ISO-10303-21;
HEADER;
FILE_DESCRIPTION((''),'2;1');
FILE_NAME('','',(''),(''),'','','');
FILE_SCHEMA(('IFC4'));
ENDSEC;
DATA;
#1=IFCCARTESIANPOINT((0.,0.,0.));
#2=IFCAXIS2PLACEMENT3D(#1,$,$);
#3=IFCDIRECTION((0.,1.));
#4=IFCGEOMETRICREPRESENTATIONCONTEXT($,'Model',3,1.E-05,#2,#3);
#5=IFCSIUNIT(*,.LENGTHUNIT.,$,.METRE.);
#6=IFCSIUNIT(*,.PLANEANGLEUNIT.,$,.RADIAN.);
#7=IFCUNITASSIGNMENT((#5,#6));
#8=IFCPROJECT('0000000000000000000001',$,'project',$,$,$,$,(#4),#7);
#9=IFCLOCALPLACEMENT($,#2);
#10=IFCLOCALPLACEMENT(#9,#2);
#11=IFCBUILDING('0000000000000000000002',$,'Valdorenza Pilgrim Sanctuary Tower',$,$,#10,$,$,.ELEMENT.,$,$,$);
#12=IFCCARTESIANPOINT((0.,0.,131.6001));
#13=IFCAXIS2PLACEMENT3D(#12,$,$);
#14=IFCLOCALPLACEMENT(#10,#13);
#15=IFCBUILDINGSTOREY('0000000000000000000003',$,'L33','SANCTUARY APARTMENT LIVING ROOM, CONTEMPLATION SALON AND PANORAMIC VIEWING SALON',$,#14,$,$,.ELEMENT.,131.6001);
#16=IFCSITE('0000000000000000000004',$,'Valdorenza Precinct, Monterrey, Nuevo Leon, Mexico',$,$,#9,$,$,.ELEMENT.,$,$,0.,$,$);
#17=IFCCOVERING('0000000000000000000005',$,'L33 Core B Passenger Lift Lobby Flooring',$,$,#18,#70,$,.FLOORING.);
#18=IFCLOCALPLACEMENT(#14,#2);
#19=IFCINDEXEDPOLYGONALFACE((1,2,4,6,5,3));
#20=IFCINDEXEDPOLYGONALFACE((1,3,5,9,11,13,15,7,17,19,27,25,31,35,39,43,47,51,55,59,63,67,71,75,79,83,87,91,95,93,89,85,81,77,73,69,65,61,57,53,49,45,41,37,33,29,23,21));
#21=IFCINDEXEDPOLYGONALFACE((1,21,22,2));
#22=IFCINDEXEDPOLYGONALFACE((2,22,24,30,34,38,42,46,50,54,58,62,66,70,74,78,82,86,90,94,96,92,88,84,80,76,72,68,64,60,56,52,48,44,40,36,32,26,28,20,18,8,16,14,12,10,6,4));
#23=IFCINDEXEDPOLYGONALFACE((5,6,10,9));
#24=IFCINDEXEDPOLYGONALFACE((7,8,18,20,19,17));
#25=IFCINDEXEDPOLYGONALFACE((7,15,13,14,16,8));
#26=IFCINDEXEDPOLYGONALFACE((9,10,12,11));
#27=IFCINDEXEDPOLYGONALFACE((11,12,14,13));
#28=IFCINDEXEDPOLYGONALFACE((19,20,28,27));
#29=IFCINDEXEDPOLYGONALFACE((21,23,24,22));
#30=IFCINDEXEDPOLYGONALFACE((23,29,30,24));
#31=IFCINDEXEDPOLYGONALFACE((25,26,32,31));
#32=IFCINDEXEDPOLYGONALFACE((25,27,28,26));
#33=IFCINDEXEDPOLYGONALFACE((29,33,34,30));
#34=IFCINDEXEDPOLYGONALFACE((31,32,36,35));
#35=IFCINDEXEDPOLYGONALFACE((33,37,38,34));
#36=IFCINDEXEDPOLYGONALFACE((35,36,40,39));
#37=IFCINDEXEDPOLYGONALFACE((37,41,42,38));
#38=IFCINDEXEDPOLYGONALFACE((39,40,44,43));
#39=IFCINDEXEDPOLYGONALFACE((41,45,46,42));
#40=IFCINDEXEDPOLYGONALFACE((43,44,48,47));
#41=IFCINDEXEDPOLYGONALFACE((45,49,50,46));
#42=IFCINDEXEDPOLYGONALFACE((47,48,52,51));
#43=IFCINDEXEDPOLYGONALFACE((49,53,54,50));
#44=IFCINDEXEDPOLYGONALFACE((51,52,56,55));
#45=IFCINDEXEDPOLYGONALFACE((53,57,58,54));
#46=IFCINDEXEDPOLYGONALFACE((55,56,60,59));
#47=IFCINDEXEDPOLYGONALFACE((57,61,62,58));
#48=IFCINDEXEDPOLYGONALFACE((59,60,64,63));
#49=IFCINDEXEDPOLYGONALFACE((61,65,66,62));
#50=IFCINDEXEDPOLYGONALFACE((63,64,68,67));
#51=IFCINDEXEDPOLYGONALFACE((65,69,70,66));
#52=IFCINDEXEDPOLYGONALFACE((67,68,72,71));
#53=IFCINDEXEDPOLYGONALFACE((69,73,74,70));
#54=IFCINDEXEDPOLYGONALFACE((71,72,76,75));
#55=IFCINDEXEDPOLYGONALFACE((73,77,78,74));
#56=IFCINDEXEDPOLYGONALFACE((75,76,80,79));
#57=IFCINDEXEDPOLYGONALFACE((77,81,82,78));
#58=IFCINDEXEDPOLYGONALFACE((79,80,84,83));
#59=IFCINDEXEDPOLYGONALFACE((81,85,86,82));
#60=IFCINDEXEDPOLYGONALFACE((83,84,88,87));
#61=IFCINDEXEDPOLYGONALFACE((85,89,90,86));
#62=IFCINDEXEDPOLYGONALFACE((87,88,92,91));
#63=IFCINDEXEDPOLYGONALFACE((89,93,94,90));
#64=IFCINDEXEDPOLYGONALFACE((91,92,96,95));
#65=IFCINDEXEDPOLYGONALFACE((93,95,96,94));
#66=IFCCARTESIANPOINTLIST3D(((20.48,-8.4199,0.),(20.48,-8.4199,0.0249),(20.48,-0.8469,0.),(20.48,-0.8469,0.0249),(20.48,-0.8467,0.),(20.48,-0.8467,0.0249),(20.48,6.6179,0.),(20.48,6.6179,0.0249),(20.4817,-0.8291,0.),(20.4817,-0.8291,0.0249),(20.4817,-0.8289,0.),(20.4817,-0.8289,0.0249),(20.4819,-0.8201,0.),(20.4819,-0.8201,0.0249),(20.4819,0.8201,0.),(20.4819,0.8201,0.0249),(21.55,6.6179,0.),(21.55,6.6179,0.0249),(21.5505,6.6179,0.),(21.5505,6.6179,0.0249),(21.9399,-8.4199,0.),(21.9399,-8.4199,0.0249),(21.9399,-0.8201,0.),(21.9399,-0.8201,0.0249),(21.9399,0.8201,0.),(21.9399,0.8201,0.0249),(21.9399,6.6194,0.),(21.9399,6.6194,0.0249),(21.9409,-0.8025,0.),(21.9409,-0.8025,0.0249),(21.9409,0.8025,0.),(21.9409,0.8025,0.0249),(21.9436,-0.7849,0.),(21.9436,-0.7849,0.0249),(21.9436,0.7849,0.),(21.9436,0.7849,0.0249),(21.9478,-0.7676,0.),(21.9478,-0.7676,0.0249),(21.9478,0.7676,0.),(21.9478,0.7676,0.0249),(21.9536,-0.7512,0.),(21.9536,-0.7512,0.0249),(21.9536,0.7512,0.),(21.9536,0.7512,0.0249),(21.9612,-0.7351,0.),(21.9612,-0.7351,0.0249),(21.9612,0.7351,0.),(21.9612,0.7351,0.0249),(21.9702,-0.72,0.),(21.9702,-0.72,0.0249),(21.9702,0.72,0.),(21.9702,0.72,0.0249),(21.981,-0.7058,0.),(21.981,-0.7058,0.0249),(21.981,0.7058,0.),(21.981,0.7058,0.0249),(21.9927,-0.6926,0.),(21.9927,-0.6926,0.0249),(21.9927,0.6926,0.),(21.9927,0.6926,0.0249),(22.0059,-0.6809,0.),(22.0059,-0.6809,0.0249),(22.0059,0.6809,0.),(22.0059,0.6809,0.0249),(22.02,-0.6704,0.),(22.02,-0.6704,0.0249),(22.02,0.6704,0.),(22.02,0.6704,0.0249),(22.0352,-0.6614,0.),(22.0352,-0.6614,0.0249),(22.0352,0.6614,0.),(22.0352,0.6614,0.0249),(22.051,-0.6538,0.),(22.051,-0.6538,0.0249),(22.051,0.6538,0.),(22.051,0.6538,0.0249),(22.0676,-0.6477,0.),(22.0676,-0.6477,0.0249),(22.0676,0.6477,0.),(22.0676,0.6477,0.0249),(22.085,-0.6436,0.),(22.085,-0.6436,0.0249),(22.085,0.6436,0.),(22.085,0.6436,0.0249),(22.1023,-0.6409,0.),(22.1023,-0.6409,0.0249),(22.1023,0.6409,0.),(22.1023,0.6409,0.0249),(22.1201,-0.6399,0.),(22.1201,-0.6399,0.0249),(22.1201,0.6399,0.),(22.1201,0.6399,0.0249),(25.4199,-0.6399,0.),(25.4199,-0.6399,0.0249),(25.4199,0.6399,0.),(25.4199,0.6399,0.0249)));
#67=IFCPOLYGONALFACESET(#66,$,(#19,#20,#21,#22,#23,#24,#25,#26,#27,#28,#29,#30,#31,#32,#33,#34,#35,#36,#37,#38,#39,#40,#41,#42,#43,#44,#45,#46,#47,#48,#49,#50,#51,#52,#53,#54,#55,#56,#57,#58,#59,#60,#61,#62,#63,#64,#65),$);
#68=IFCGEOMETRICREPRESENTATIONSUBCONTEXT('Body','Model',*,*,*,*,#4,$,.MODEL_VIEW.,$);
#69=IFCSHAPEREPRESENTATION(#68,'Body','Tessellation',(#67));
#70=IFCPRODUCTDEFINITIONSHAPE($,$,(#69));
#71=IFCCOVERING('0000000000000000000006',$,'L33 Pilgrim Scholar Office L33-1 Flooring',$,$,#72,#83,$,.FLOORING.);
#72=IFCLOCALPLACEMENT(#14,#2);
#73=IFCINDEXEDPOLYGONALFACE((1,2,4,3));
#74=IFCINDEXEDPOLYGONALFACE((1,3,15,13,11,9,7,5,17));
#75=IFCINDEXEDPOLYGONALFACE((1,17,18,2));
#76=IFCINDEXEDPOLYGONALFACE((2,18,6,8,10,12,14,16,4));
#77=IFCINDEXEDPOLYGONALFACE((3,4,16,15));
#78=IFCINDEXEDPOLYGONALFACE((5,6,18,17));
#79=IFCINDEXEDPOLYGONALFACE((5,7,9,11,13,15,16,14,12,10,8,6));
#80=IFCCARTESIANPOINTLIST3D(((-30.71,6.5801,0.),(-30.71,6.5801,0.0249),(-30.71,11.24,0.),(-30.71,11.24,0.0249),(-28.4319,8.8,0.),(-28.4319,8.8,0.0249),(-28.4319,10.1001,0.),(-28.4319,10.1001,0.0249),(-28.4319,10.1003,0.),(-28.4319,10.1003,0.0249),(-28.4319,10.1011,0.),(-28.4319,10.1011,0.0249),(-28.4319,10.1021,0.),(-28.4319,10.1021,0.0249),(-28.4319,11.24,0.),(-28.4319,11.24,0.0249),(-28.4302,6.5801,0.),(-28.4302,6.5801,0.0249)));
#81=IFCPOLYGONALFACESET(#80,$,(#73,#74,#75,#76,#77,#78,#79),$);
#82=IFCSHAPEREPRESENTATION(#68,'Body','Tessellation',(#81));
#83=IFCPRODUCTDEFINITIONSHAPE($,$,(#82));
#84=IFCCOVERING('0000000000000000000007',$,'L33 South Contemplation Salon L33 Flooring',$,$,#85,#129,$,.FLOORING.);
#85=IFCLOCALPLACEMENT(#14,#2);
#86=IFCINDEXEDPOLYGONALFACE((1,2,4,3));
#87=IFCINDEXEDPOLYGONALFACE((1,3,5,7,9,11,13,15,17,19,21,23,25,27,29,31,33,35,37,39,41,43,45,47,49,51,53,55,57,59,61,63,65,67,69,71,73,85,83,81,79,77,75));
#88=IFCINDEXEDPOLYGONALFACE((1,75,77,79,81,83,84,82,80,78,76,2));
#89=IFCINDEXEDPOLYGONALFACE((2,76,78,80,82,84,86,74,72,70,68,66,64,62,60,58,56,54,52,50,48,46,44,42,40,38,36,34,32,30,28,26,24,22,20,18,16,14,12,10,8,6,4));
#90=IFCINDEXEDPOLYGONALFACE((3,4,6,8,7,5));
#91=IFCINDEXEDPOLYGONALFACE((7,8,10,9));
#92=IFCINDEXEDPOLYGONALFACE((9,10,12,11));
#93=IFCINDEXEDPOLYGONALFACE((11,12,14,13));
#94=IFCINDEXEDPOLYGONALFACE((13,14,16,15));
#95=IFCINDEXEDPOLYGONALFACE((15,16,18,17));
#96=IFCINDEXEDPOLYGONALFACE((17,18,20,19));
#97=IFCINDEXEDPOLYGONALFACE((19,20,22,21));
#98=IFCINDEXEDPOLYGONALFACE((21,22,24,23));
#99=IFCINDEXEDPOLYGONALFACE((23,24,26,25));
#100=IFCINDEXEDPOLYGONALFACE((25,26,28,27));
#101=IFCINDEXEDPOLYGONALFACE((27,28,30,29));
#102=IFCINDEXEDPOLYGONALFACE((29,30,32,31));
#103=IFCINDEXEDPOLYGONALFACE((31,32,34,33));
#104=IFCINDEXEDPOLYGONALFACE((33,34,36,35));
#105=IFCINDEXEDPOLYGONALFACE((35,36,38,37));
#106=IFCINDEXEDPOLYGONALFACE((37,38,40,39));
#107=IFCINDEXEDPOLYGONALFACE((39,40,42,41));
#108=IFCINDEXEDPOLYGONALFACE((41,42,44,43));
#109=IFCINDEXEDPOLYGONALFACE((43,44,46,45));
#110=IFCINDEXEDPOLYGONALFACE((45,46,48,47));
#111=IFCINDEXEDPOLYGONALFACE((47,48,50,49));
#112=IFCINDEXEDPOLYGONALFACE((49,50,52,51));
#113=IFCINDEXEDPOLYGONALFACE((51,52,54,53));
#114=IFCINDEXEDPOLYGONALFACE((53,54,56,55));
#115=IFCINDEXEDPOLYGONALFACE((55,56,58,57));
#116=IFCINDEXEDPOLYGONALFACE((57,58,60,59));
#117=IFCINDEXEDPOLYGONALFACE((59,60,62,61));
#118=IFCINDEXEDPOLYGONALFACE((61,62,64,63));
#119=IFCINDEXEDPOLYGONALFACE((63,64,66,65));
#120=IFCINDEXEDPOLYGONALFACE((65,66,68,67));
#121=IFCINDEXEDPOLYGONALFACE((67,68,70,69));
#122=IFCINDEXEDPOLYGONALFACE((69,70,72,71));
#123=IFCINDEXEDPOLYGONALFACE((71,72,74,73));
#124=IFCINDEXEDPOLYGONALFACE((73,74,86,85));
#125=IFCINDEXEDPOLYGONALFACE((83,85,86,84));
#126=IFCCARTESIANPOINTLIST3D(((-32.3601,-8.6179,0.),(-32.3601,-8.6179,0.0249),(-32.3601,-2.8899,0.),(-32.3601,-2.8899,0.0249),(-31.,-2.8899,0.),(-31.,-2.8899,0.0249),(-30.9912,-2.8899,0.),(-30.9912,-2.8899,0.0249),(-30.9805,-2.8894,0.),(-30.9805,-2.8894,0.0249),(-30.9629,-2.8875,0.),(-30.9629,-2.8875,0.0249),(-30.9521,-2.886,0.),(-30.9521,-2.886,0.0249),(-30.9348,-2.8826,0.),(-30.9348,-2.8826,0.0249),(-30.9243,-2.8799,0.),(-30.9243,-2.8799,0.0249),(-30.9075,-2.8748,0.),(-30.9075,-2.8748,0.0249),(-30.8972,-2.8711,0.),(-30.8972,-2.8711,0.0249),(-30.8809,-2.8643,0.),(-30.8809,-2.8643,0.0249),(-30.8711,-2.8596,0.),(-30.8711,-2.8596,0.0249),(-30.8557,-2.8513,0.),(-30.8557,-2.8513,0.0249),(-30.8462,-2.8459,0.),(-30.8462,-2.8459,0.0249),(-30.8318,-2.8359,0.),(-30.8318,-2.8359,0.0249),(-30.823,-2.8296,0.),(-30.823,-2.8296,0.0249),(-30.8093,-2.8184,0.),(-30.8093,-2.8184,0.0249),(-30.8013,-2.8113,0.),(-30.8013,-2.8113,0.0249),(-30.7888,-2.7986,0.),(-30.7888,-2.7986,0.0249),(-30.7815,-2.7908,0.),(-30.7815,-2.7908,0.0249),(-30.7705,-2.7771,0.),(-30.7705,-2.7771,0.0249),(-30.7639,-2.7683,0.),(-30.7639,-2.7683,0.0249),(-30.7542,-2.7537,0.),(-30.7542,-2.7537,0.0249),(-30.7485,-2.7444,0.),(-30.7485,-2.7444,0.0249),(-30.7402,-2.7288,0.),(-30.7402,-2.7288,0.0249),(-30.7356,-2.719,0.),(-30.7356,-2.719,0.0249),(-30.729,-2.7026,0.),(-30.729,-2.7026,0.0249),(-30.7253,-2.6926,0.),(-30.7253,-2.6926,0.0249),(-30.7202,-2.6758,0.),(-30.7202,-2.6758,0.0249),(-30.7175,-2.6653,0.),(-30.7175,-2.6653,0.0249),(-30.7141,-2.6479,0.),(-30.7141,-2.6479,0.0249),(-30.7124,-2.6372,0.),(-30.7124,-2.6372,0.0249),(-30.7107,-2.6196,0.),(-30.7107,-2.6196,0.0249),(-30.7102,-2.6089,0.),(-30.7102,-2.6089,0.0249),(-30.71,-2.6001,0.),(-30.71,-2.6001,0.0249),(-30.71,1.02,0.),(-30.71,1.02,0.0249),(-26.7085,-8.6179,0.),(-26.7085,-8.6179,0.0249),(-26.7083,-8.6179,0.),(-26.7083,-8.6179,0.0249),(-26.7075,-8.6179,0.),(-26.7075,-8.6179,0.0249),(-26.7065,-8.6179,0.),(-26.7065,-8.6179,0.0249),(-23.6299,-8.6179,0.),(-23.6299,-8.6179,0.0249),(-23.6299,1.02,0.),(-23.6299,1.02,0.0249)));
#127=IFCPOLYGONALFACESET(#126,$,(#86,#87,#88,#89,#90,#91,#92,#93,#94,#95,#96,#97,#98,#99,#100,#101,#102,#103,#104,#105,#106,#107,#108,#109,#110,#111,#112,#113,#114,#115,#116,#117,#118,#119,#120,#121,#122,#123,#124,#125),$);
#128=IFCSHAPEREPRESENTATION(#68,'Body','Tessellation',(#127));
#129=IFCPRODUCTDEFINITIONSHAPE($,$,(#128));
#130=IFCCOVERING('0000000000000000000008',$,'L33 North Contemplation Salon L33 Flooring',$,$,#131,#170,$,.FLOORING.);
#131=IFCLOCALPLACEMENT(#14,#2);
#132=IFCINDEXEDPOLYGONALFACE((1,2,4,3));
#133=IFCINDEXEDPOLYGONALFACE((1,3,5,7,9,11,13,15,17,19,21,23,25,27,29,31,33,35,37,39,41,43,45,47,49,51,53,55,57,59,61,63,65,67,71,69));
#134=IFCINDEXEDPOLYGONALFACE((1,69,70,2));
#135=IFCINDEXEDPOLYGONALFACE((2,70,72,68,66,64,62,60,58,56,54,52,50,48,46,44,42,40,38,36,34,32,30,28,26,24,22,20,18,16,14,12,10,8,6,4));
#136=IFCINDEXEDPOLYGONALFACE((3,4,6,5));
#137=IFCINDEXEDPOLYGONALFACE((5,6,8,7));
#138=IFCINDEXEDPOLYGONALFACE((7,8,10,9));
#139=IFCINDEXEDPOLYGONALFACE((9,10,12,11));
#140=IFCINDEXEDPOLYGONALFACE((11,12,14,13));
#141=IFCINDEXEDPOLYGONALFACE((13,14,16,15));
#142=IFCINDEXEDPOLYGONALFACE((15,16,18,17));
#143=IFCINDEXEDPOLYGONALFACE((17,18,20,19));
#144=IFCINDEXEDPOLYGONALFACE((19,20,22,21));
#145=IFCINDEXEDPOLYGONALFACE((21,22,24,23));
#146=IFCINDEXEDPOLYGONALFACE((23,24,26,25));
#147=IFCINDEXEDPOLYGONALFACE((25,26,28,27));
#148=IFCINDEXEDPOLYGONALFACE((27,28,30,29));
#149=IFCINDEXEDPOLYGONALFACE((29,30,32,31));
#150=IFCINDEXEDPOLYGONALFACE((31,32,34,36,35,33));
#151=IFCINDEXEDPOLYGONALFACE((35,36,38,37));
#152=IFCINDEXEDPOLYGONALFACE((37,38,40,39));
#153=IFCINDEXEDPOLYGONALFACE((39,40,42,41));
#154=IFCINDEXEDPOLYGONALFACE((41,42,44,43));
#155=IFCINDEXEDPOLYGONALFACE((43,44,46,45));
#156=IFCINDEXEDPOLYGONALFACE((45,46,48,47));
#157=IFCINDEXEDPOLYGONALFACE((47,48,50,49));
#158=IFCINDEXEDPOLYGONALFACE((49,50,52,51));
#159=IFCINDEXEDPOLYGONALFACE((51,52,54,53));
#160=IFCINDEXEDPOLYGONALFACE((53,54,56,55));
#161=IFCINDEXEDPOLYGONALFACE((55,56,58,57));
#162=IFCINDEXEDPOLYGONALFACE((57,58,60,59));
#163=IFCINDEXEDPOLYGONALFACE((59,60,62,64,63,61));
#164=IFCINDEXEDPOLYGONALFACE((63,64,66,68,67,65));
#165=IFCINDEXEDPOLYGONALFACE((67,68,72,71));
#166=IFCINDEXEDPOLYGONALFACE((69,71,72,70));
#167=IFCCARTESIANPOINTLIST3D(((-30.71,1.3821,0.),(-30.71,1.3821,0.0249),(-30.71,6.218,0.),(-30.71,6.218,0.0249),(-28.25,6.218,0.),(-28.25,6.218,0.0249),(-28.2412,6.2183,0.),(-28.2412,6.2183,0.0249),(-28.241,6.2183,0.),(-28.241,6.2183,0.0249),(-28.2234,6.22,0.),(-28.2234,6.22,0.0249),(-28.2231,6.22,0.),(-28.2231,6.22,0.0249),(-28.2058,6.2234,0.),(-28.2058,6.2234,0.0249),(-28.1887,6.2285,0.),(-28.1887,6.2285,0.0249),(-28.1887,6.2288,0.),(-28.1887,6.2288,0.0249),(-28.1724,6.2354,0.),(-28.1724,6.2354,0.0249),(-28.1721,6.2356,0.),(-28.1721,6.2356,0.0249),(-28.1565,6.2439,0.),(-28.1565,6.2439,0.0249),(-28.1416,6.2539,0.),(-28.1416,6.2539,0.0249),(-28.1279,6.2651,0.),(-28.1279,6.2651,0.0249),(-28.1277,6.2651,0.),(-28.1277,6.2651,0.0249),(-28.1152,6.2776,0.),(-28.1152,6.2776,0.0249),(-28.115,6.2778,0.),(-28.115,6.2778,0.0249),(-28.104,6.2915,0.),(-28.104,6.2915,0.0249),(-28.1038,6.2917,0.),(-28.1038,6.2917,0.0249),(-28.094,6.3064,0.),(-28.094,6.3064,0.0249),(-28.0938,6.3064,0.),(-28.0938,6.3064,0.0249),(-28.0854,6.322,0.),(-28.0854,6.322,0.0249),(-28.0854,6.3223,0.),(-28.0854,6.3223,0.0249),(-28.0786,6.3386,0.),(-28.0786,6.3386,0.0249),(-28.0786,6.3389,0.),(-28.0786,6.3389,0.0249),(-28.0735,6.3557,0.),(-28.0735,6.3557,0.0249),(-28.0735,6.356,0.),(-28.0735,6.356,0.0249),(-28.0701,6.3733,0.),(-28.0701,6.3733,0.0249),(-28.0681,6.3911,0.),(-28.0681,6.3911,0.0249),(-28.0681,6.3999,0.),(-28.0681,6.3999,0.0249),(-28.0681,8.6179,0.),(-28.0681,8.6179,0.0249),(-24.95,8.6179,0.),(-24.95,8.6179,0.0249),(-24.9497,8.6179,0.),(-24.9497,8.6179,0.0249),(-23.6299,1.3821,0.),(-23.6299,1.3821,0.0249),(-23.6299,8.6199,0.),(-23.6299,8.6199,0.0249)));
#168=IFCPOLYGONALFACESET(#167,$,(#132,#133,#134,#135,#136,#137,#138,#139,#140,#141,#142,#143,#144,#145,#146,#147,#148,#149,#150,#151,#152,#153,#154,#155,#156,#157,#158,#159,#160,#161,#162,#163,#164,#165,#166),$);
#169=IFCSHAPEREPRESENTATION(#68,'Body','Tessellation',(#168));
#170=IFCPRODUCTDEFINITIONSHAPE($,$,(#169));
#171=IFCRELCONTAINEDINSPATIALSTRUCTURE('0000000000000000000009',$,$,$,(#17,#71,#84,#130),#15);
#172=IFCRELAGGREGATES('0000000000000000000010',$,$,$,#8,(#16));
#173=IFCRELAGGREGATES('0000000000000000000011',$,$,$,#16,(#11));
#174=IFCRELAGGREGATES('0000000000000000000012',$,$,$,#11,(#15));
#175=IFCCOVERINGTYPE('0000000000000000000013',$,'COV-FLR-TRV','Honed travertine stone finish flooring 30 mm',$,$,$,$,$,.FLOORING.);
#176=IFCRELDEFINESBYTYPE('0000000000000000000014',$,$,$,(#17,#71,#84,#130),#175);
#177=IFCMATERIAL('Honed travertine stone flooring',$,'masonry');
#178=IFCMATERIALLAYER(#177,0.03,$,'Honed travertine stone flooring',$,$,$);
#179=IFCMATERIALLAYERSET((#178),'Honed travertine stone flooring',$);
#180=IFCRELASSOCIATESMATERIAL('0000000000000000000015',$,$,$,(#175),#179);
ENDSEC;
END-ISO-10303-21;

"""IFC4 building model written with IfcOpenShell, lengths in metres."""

from ifc_helpers import new_model, si_unit, direction, frame, origin, place, context, subcontext, project, spatial, polyline, outline, extrude, material, layer, layer_set, type_object, element, save


model = new_model("IFC4")

# Units and contexts
model_context = context("Model", 3, precision=1e-05, world=origin(), true_north=direction((0.0, 1.0)))
body_context = subcontext(model_context, "Body", "Model", "MODEL_VIEW")
ifc_project = project(units=[si_unit("LENGTHUNIT", "METRE"), si_unit("PLANEANGLEUNIT", "RADIAN")], contexts=[model_context])

# Site, building, storey
site_placement = place(None, origin())
site = spatial("IfcSite", under=ifc_project, at=site_placement, Name="Valdorenza Precinct, Monterrey, Nuevo Leon, Mexico", CompositionType="ELEMENT", RefElevation=0.0)
building_placement = place(site_placement, origin())
building = spatial("IfcBuilding", under=site, at=building_placement, Name="Valdorenza Pilgrim Sanctuary Tower", CompositionType="ELEMENT")
storey_placement = place(building_placement, frame((0.0, 0.0, 131.6001)))
storey = spatial("IfcBuildingStorey", under=building, at=storey_placement, Name="L33", Description="SANCTUARY APARTMENT LIVING ROOM, CONTEMPLATION SALON AND PANORAMIC VIEWING SALON", CompositionType="ELEMENT", Elevation=131.6001)

# Coverings
ifc_material_1 = material(Name="Honed travertine stone flooring", Category="masonry")
ifc_layer_1 = layer(ifc_material_1, 0.03, Name="Honed travertine stone flooring")
ifc_layer_set_1 = layer_set([ifc_layer_1], Name="Honed travertine stone flooring")
covering_type_1 = type_object("IfcCoveringType", Name="COV-FLR-TRV", Description="Honed travertine stone finish flooring 30 mm", PredefinedType="FLOORING", material=ifc_layer_set_1)
covering_1_placement = place(storey_placement, origin())
element("IfcCovering", 1, at=covering_1_placement, inside=storey, type_object=covering_type_1, Name="L33 Core B Passenger Lift Lobby Flooring", PredefinedType="FLOORING", context=body_context, shape_type="SweptSolid", body=[
    extrude(outline(polyline([(20.48, 6.6179), (21.55, 6.6179), (21.5505, 6.6179), (21.9399, 6.6194), (21.9399, 0.8201), (21.9409, 0.8025), (21.9436, 0.7849), (21.9478, 0.7676), (21.9536, 0.7512), (21.9612, 0.7351), (21.9702, 0.72), (21.981, 0.7058), (21.9927, 0.6926), (22.0059, 0.6809), (22.02, 0.6704), (22.0352, 0.6614), (22.051, 0.6538), (22.0676, 0.6477), (22.085, 0.6436), (22.1023, 0.6409), (22.1201, 0.6399), (25.4199, 0.6399), (25.4199, -0.6399), (22.1201, -0.6399), (22.1023, -0.6409), (22.085, -0.6436), (22.0676, -0.6477), (22.051, -0.6538), (22.0352, -0.6614), (22.02, -0.6704), (22.0059, -0.6809), (21.9927, -0.6926), (21.981, -0.7058), (21.9702, -0.72), (21.9612, -0.7351), (21.9536, -0.7512), (21.9478, -0.7676), (21.9436, -0.7849), (21.9409, -0.8025), (21.9399, -0.8201), (21.9399, -8.4199), (20.48, -8.4199), (20.48, -0.8469), (20.48, -0.8467), (20.48, -0.8467), (20.4817, -0.8291), (20.4817, -0.8289), (20.4819, -0.8201), (20.4819, 0.8201), (20.48, 6.6179)])), origin(), (0.0, 0.0, 1.0), 0.0249),
])
covering_2_placement = place(storey_placement, origin())
element("IfcCovering", 2, at=covering_2_placement, inside=storey, type_object=covering_type_1, Name="L33 Pilgrim Scholar Office L33-1 Flooring", PredefinedType="FLOORING", context=body_context, shape_type="SweptSolid", body=[
    extrude(outline(polyline([(-28.4319, 11.24), (-28.4319, 10.1021), (-28.4319, 10.1011), (-28.4319, 10.1003), (-28.4319, 10.1001), (-28.4319, 8.8), (-28.4302, 6.5801), (-30.71, 6.5801), (-30.71, 11.24), (-28.4319, 11.24)])), origin(), (0.0, 0.0, 1.0), 0.0249),
])
covering_3_placement = place(storey_placement, origin())
element("IfcCovering", 3, at=covering_3_placement, inside=storey, type_object=covering_type_1, Name="L33 South Contemplation Salon L33 Flooring", PredefinedType="FLOORING", context=body_context, shape_type="SweptSolid", body=[
    extrude(outline(polyline([(-26.7083, -8.6179), (-26.7085, -8.6179), (-32.3601, -8.6179), (-32.3601, -2.8899), (-31.0, -2.8899), (-30.9912, -2.8899), (-30.9805, -2.8894), (-30.9629, -2.8875), (-30.9521, -2.886), (-30.9348, -2.8826), (-30.9243, -2.8799), (-30.9075, -2.8748), (-30.8972, -2.8711), (-30.8809, -2.8643), (-30.8711, -2.8596), (-30.8557, -2.8513), (-30.8462, -2.8459), (-30.8318, -2.8359), (-30.823, -2.8296), (-30.8093, -2.8184), (-30.8013, -2.8113), (-30.7888, -2.7986), (-30.7815, -2.7908), (-30.7705, -2.7771), (-30.7639, -2.7683), (-30.7542, -2.7537), (-30.7485, -2.7444), (-30.7402, -2.7288), (-30.7356, -2.719), (-30.729, -2.7026), (-30.7253, -2.6926), (-30.7202, -2.6758), (-30.7175, -2.6653), (-30.7141, -2.6479), (-30.7124, -2.6372), (-30.7107, -2.6196), (-30.7102, -2.6089), (-30.71, -2.6001), (-30.71, 1.02), (-23.6299, 1.02), (-23.6299, -8.6179), (-26.7065, -8.6179), (-26.7075, -8.6179), (-26.7083, -8.6179)])), origin(), (0.0, 0.0, 1.0), 0.0249),
])
covering_4_placement = place(storey_placement, origin())
element("IfcCovering", 4, at=covering_4_placement, inside=storey, type_object=covering_type_1, Name="L33 North Contemplation Salon L33 Flooring", PredefinedType="FLOORING", context=body_context, shape_type="SweptSolid", body=[
    extrude(outline(polyline([(-23.6299, 8.6199), (-23.6299, 1.3821), (-30.71, 1.3821), (-30.71, 6.218), (-28.25, 6.218), (-28.2412, 6.2183), (-28.241, 6.2183), (-28.2234, 6.22), (-28.2231, 6.22), (-28.2058, 6.2234), (-28.2058, 6.2234), (-28.1887, 6.2285), (-28.1887, 6.2288), (-28.1724, 6.2354), (-28.1721, 6.2356), (-28.1565, 6.2439), (-28.1565, 6.2439), (-28.1416, 6.2539), (-28.1416, 6.2539), (-28.1279, 6.2651), (-28.1277, 6.2651), (-28.1152, 6.2776), (-28.115, 6.2778), (-28.104, 6.2915), (-28.1038, 6.2917), (-28.094, 6.3064), (-28.0938, 6.3064), (-28.0854, 6.322), (-28.0854, 6.3223), (-28.0786, 6.3386), (-28.0786, 6.3389), (-28.0735, 6.3557), (-28.0735, 6.356), (-28.0701, 6.3733), (-28.0701, 6.3733), (-28.0681, 6.3911), (-28.0681, 6.3911), (-28.0681, 6.3999), (-28.0681, 8.6179), (-24.95, 8.6179), (-24.9497, 8.6179), (-23.6299, 8.6199)])), origin(), (0.0, 0.0, 1.0), 0.0249),
])

save(model, "model.ifc")
